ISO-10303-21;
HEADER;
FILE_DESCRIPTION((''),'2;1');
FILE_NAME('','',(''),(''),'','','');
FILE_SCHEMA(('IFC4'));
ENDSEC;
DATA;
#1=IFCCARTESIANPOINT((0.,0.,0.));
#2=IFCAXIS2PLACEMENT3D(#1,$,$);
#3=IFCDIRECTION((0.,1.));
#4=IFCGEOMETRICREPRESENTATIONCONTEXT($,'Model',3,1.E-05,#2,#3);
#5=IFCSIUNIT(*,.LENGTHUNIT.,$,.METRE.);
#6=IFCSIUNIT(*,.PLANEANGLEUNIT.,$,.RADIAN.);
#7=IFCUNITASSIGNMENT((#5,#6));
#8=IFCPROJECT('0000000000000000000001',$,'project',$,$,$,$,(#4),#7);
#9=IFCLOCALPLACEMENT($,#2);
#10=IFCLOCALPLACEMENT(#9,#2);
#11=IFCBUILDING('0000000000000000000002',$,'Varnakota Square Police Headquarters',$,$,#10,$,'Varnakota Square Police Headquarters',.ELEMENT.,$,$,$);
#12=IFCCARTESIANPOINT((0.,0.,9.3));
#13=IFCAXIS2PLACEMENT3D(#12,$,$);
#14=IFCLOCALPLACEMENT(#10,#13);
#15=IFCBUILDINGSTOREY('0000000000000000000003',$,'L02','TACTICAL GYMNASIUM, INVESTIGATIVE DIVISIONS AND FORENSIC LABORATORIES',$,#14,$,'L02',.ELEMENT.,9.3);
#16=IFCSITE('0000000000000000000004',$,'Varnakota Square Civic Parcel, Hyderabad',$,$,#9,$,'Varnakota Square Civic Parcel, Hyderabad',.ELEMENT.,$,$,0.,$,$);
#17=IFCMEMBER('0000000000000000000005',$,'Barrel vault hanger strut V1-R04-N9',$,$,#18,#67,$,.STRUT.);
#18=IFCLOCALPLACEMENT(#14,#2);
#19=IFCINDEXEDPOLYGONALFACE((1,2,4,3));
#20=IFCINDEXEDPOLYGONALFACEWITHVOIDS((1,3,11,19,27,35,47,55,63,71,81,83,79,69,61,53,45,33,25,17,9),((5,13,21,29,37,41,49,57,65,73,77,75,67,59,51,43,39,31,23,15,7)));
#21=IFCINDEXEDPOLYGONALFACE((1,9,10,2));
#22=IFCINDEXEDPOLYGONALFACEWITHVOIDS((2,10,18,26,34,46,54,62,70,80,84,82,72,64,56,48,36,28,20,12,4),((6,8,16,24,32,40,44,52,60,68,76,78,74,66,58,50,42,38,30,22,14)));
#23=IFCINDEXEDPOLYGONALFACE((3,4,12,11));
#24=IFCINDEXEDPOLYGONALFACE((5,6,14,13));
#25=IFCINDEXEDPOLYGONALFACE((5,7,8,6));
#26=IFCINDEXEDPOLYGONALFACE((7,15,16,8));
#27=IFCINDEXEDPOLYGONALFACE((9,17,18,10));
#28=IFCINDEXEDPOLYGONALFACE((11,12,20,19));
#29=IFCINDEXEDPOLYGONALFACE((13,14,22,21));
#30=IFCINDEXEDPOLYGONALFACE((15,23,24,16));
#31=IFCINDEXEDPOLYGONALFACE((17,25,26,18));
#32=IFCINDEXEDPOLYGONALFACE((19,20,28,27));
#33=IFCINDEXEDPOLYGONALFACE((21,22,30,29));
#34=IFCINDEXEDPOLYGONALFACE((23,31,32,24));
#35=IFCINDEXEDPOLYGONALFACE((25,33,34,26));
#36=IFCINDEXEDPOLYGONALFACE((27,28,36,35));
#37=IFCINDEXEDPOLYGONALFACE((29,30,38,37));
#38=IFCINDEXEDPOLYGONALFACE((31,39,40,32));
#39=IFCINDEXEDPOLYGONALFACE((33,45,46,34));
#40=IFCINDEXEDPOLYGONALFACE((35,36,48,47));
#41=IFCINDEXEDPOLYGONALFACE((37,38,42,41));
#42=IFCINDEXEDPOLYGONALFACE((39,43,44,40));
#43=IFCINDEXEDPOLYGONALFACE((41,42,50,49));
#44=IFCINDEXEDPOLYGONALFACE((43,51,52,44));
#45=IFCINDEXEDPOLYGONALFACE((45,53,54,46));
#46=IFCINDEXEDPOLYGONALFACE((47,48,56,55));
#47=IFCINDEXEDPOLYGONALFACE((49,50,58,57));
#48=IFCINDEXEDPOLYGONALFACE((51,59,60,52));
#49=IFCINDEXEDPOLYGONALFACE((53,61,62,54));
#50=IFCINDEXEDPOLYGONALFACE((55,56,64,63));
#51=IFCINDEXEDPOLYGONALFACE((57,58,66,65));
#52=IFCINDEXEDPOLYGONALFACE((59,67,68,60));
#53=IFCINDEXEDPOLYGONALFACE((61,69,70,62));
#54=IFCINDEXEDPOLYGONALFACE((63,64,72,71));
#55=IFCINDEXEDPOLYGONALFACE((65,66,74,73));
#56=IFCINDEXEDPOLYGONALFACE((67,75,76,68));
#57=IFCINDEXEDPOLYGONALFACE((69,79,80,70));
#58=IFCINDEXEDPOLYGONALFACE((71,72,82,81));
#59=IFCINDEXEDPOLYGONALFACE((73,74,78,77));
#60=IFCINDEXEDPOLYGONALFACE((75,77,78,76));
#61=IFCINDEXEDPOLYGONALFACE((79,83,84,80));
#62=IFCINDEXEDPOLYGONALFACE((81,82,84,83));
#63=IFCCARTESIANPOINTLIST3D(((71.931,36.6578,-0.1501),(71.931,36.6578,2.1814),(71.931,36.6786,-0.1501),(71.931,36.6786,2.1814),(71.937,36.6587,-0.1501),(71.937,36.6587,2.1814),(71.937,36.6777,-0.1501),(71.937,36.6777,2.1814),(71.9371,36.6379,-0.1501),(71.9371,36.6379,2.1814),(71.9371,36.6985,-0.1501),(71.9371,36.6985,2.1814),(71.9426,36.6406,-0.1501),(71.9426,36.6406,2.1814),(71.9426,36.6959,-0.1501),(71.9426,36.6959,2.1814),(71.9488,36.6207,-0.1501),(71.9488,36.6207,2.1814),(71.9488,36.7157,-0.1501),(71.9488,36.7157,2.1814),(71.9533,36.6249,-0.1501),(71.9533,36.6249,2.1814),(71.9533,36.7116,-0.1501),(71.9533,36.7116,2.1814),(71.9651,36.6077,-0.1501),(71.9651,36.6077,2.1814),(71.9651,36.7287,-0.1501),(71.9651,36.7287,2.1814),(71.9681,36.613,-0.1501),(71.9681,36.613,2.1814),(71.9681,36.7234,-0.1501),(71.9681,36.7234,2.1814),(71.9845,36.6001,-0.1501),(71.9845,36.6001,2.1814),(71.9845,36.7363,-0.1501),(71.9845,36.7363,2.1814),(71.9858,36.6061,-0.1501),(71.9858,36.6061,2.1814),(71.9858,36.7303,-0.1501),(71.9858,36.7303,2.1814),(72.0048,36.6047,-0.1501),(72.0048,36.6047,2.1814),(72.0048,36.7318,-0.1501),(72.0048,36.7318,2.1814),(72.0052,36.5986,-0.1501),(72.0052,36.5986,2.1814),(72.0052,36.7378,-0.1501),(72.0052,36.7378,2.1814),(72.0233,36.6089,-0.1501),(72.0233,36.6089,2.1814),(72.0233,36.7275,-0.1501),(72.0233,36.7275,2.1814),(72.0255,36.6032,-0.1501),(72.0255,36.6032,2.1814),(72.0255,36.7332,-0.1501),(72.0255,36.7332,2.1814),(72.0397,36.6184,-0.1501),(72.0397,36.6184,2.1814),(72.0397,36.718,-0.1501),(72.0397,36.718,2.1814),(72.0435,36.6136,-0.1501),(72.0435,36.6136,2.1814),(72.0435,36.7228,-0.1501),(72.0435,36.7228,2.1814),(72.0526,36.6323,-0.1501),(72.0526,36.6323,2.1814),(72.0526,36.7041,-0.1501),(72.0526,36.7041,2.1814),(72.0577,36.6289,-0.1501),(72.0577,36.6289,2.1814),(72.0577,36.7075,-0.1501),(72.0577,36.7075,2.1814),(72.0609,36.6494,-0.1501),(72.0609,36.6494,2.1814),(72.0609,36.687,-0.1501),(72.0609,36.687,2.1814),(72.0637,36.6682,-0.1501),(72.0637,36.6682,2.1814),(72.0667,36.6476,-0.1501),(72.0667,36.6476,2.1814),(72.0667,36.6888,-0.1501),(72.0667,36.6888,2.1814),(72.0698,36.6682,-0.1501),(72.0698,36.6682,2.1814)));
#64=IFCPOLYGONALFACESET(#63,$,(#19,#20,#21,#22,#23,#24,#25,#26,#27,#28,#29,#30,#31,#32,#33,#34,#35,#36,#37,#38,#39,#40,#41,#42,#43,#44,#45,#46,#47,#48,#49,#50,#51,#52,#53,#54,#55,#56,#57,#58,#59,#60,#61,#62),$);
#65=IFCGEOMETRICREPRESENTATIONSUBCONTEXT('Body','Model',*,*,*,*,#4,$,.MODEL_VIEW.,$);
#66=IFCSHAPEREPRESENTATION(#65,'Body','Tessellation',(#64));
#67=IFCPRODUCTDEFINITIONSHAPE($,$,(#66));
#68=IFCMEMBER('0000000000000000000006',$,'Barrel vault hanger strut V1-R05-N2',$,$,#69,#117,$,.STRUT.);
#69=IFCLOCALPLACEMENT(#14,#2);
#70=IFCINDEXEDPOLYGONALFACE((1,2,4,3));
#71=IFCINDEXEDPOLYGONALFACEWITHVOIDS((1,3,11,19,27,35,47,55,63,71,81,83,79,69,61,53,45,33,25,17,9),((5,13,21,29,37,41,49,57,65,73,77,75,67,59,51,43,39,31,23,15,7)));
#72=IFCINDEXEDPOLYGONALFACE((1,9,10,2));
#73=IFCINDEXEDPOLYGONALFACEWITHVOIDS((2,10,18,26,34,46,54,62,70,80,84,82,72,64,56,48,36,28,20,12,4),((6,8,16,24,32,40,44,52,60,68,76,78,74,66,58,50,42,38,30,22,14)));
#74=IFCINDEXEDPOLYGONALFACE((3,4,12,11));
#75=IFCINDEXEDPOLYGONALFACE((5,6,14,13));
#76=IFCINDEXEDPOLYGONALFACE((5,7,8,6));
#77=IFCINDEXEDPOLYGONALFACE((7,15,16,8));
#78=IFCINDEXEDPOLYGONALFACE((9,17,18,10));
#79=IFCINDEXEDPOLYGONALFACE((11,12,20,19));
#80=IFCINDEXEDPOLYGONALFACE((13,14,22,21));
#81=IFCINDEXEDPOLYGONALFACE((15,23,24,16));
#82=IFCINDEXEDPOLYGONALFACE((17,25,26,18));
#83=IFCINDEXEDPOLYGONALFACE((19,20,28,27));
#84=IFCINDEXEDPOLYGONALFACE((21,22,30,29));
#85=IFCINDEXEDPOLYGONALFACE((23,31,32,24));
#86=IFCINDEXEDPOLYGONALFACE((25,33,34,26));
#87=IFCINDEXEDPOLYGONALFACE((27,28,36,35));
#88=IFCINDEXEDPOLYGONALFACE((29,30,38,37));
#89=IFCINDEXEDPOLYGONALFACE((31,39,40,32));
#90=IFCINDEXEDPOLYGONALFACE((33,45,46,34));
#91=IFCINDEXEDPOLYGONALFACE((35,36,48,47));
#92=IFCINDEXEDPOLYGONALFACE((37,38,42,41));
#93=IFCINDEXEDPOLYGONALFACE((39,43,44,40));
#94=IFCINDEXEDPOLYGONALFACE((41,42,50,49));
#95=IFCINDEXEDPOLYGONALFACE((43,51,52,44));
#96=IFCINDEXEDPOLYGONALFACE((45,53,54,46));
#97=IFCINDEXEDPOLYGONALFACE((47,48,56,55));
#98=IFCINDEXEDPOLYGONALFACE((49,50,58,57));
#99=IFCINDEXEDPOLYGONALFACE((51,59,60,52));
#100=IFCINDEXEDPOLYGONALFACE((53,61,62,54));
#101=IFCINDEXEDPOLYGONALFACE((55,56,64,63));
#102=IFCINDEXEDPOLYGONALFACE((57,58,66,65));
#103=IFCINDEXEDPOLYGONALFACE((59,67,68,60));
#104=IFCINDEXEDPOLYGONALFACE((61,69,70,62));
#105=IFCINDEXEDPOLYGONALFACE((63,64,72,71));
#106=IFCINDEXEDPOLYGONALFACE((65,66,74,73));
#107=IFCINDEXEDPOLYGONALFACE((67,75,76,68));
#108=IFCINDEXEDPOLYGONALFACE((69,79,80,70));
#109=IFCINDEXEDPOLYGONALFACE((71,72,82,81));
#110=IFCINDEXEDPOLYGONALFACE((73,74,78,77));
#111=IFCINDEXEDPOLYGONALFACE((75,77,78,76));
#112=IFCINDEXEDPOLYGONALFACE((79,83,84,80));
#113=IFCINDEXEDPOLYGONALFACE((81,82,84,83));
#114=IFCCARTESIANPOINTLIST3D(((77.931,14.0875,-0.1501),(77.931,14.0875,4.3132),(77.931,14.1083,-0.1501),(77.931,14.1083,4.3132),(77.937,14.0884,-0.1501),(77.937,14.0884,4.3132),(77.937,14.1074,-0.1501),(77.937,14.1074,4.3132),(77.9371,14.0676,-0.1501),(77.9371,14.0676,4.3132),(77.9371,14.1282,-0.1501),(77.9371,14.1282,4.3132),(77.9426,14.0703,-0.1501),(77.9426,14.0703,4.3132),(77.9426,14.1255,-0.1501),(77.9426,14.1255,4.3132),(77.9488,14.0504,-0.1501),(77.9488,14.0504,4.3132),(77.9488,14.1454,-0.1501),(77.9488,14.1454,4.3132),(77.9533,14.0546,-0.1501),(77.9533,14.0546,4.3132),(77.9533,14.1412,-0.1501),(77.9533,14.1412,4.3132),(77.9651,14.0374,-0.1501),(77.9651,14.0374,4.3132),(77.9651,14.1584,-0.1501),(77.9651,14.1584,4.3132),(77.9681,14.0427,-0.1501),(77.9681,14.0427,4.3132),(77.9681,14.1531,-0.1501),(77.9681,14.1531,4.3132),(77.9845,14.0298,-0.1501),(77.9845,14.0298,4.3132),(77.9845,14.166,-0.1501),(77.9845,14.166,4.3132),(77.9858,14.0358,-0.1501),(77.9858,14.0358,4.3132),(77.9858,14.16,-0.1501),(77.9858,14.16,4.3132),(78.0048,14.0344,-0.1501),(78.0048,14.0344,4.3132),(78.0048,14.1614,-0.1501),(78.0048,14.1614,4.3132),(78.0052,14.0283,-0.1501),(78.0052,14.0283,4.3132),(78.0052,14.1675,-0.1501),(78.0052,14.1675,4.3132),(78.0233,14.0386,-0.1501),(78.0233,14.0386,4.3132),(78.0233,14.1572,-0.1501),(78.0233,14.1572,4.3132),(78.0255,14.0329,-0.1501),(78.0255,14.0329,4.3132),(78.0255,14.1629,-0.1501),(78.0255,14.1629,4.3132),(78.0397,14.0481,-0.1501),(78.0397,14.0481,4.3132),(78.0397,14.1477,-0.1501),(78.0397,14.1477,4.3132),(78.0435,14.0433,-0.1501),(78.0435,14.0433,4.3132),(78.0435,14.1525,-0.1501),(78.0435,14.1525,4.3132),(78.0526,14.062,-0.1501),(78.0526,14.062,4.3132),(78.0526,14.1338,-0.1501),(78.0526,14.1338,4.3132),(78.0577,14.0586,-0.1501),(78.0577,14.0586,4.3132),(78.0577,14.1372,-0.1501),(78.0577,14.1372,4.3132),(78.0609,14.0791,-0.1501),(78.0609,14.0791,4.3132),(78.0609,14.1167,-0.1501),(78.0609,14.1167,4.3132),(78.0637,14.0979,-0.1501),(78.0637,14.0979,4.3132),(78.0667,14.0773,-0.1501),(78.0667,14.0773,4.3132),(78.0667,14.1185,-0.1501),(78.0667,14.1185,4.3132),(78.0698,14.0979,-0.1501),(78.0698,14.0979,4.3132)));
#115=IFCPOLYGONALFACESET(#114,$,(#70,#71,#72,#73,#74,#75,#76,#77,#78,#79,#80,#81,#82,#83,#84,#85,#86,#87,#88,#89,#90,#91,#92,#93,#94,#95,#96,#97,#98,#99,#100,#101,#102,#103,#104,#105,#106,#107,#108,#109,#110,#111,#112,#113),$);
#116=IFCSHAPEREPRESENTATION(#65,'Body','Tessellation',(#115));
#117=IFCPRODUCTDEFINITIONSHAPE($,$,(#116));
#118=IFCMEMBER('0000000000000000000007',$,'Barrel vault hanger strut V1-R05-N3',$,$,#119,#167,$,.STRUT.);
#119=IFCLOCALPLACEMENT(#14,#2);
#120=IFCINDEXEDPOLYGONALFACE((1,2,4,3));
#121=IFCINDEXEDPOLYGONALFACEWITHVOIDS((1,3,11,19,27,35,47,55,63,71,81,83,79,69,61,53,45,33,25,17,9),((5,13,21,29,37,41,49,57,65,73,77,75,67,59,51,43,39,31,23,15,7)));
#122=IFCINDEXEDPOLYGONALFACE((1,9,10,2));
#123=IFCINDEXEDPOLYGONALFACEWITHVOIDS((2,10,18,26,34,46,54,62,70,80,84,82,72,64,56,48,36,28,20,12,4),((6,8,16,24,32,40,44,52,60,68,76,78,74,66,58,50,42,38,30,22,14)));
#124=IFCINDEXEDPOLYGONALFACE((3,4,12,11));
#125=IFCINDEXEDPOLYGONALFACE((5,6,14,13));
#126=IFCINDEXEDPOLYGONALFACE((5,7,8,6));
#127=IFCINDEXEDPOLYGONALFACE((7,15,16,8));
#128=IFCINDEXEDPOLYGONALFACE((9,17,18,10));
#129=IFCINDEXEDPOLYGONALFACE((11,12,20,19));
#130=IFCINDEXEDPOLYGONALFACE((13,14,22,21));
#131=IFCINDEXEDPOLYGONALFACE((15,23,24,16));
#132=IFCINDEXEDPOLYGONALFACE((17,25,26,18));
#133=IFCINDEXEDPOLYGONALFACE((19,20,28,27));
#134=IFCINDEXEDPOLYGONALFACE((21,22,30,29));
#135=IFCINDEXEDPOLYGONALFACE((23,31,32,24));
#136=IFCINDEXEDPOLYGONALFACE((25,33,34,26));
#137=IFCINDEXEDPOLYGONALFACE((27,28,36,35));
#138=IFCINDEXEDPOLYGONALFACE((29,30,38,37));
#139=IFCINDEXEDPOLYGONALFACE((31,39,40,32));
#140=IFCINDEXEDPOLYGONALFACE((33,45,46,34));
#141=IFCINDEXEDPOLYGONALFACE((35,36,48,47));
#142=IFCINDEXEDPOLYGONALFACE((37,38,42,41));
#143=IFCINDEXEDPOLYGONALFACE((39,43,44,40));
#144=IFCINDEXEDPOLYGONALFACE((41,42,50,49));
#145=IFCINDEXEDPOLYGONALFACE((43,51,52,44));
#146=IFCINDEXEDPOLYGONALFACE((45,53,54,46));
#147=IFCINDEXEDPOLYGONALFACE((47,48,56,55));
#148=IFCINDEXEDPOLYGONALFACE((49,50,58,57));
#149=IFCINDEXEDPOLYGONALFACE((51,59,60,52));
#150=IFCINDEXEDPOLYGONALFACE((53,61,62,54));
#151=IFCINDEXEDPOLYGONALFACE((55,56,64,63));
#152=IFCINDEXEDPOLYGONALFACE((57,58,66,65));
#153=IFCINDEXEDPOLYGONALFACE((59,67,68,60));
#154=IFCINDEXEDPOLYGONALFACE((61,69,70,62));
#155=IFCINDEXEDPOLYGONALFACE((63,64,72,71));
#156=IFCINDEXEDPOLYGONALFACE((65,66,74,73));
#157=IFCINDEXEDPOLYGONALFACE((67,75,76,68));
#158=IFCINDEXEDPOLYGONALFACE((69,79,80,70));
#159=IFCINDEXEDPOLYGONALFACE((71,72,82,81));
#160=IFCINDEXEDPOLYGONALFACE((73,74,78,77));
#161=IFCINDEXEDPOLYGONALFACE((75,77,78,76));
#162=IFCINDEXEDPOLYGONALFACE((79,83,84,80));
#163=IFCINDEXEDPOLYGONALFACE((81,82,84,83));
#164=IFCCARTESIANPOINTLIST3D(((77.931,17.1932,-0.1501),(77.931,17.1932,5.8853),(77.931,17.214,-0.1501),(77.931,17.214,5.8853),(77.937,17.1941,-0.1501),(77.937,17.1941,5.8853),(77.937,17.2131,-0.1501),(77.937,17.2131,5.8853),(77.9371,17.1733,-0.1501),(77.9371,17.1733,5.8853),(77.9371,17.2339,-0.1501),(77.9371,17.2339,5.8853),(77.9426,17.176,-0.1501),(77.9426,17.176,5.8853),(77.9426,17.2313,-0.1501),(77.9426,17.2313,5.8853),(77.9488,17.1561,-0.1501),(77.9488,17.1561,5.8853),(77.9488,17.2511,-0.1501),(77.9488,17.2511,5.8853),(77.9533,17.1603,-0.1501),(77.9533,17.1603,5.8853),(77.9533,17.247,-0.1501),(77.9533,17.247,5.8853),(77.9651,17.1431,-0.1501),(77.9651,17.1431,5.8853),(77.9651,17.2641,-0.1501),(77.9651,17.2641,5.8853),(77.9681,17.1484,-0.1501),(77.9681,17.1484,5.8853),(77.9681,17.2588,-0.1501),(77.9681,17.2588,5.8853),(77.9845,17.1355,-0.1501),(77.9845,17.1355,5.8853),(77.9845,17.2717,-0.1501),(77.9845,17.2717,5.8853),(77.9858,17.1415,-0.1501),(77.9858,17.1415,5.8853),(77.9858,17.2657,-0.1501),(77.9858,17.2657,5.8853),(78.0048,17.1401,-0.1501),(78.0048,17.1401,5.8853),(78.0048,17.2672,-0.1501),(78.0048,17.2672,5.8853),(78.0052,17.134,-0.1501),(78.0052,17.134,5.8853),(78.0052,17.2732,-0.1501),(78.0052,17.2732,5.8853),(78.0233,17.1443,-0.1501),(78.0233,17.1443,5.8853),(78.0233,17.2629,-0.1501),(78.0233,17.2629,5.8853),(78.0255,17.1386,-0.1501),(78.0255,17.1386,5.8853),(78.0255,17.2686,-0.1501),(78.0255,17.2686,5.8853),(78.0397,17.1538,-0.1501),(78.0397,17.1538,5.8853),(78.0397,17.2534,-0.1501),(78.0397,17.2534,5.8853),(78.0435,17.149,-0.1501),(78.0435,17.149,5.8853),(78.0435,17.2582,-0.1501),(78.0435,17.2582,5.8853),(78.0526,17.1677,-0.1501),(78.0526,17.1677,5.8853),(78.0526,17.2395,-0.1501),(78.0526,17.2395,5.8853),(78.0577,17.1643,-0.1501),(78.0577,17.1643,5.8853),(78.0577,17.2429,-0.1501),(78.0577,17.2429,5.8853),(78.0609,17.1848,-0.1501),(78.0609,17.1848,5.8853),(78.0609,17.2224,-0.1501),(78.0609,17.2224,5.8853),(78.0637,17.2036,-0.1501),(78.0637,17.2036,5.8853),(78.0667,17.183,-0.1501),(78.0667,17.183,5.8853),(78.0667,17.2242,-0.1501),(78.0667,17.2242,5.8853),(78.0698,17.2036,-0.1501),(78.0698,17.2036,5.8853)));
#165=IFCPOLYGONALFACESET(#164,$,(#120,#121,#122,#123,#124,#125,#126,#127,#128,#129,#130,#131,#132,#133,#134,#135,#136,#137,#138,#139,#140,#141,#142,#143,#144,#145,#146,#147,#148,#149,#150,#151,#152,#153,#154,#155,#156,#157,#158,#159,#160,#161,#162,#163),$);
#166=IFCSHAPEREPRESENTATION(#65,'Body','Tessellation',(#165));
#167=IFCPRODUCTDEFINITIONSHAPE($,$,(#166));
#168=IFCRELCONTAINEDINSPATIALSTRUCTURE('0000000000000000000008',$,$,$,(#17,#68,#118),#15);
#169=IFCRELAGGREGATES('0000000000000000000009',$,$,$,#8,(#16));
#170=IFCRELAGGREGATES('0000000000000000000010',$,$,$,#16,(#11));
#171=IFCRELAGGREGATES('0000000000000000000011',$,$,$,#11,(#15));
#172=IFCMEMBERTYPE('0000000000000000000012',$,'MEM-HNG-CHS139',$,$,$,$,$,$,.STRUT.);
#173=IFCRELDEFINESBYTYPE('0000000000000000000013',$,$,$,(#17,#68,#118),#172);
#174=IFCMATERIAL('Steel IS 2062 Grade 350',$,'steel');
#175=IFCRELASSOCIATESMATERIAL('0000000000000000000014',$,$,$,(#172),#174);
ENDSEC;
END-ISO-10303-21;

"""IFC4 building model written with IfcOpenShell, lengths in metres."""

from ifc_helpers import new_model, si_unit, direction, frame, origin, origin_2d, place, context, subcontext, project, spatial, hollow_circle, extrude, material, material_profile, profile_set, type_object, element, save


model = new_model("IFC4")

# Units and contexts
model_context = context("Model", 3, precision=1e-05, world=origin(), true_north=direction((0.0, 1.0)))
body_context = subcontext(model_context, "Body", "Model", "MODEL_VIEW")
ifc_project = project(units=[si_unit("LENGTHUNIT", "METRE"), si_unit("PLANEANGLEUNIT", "RADIAN")], contexts=[model_context])

# Site, building, storey
site_placement = place(None, origin())
site = spatial("IfcSite", under=ifc_project, at=site_placement, Name="Varnakota Square Civic Parcel, Hyderabad", LongName="Varnakota Square Civic Parcel, Hyderabad", CompositionType="ELEMENT", RefElevation=0.0)
building_placement = place(site_placement, origin())
building = spatial("IfcBuilding", under=site, at=building_placement, Name="Varnakota Square Police Headquarters", LongName="Varnakota Square Police Headquarters", CompositionType="ELEMENT")
storey_placement = place(building_placement, frame((0.0, 0.0, 9.3)))
storey = spatial("IfcBuildingStorey", under=building, at=storey_placement, Name="L02", Description="TACTICAL GYMNASIUM, INVESTIGATIVE DIVISIONS AND FORENSIC LABORATORIES", LongName="L02", CompositionType="ELEMENT", Elevation=9.3)

# Shared definitions
ifc_material_1 = material(Name="Steel IS 2062 Grade 350", Category="steel")

# Members
ifc_material_profile_1 = material_profile(ifc_material_1, hollow_circle(Radius=0.0698, WallThickness=0.0061, at=origin_2d()), Name="CHS 139.7x6.0")
ifc_profile_set_1 = profile_set([ifc_material_profile_1], Name="Steel IS 2062 Grade 350")
member_type_1 = type_object("IfcMemberType", Name="MEM-HNG-CHS139", PredefinedType="STRUT", material=ifc_profile_set_1)
member_1_placement = place(storey_placement, frame((72.0, 36.6682, -0.1501), z_axis=(0.0, 0.0, 1.0), x_axis=(1.0, 0.0, 0.0)))
element("IfcMember", 1, at=member_1_placement, inside=storey, type_object=member_type_1, Name="Barrel vault hanger strut V1-R04-N9", PredefinedType="STRUT", context=body_context, shape_type="SweptSolid", body=[
    extrude(hollow_circle(Radius=0.0698, WallThickness=0.0061, at=origin_2d()), origin(), (0.0, 0.0, 1.0), 2.3315),
])
member_2_placement = place(storey_placement, frame((78.0, 14.0979, -0.1501), z_axis=(0.0, 0.0, 1.0), x_axis=(1.0, 0.0, 0.0)))
element("IfcMember", 2, at=member_2_placement, inside=storey, type_object=member_type_1, Name="Barrel vault hanger strut V1-R05-N2", PredefinedType="STRUT", context=body_context, shape_type="SweptSolid", body=[
    extrude(hollow_circle(Radius=0.0698, WallThickness=0.0061, at=origin_2d()), origin(), (0.0, 0.0, 1.0), 4.4634),
])
member_3_placement = place(storey_placement, frame((78.0, 17.2036, -0.1501), z_axis=(0.0, 0.0, 1.0), x_axis=(1.0, 0.0, 0.0)))
element("IfcMember", 3, at=member_3_placement, inside=storey, type_object=member_type_1, Name="Barrel vault hanger strut V1-R05-N3", PredefinedType="STRUT", context=body_context, shape_type="SweptSolid", body=[
    extrude(hollow_circle(Radius=0.0698, WallThickness=0.0061, at=origin_2d()), origin(), (0.0, 0.0, 1.0), 6.0354),
])

save(model, "model.ifc")
